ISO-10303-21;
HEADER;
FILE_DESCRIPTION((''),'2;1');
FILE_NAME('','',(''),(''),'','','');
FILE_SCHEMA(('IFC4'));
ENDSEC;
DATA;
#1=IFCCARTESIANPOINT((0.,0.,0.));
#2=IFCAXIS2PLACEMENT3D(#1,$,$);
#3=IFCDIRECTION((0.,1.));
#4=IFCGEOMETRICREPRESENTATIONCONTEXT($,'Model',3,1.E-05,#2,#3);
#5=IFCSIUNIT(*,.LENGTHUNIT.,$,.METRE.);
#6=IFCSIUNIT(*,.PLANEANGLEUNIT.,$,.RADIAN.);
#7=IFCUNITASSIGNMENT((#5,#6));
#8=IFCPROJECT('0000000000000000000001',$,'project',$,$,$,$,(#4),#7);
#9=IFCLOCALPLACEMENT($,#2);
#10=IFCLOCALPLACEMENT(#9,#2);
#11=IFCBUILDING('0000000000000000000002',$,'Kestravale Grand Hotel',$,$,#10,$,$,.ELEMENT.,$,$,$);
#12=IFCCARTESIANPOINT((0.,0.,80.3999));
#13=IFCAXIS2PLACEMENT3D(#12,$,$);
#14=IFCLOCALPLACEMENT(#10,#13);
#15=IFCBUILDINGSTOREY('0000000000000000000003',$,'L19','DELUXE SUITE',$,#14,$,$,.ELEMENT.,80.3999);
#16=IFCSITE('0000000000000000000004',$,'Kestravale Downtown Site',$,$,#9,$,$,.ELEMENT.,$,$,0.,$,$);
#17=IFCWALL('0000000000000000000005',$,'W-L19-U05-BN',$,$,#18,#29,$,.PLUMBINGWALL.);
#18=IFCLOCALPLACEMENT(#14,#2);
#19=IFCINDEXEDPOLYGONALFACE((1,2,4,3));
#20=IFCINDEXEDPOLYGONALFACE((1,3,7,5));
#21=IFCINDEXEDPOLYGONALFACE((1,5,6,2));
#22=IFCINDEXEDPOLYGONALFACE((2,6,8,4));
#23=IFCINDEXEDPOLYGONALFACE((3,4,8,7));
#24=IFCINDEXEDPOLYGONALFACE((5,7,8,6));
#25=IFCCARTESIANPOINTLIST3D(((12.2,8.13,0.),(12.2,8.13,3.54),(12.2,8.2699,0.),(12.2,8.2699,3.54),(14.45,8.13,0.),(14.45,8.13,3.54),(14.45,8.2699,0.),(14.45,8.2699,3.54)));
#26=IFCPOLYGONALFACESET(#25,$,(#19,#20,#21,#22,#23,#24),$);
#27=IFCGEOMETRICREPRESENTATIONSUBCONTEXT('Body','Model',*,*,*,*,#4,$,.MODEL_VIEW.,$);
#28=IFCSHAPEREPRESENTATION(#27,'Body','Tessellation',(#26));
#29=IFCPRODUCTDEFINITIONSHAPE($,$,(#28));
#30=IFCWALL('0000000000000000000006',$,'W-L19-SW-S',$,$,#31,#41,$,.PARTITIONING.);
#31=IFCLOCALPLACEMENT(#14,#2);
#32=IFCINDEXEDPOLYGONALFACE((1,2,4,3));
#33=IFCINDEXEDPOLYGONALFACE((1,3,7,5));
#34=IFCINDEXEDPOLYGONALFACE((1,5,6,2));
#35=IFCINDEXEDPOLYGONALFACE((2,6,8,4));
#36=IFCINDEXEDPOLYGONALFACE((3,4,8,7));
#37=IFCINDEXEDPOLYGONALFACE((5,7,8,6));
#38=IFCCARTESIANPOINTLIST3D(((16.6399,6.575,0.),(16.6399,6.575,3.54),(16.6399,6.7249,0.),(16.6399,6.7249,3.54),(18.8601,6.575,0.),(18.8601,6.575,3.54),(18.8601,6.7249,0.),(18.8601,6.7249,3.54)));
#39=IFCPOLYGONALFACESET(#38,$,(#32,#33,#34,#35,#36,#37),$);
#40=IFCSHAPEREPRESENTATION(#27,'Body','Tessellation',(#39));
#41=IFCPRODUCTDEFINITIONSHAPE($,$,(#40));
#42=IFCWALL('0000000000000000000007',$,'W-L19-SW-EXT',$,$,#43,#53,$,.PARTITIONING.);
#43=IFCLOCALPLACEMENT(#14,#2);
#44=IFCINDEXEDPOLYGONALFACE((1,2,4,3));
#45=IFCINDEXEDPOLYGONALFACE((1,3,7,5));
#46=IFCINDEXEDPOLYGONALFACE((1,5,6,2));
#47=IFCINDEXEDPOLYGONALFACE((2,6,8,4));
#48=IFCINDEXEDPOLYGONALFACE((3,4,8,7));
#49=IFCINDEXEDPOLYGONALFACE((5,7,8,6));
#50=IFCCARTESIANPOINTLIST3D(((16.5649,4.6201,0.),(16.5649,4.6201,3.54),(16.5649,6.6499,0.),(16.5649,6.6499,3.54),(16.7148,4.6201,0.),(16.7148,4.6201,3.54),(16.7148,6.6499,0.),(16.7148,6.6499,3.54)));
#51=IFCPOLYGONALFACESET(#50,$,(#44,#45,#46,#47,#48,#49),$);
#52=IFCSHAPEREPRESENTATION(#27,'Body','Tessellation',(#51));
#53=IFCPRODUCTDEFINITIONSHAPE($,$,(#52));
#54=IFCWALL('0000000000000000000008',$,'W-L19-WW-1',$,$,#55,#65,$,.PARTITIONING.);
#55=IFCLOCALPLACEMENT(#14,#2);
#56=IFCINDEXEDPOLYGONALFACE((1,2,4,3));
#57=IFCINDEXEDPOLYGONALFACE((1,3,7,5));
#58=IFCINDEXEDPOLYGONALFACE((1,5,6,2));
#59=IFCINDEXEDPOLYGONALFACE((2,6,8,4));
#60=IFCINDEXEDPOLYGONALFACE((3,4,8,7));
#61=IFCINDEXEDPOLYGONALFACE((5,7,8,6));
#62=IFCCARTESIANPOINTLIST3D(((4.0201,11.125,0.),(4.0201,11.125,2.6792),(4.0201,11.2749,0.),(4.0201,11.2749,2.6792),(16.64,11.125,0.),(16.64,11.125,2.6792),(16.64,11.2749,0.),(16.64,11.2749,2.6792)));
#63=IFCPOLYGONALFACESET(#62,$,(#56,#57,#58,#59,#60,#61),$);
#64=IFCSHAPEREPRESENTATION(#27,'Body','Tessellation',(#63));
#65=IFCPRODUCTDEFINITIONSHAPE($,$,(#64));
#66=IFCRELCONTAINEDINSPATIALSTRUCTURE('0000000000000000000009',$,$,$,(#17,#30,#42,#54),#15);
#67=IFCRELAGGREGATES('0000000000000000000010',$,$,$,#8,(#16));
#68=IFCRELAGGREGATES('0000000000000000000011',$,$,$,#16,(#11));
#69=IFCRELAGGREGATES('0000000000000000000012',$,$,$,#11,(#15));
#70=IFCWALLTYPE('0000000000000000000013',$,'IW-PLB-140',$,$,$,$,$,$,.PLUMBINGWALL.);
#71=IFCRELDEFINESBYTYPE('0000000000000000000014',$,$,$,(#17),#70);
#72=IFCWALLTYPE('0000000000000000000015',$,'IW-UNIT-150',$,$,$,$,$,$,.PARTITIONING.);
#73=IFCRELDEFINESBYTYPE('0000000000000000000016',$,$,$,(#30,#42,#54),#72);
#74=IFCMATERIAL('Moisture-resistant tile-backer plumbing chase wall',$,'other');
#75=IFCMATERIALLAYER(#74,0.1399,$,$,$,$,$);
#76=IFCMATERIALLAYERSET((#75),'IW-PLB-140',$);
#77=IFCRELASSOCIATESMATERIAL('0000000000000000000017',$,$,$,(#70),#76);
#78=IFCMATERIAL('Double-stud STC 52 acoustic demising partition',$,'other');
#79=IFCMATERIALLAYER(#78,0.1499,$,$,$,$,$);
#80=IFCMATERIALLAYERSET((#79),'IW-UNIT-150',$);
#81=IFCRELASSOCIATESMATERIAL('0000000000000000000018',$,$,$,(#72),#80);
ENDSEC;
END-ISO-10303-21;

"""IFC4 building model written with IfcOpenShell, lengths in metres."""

from ifc_helpers import new_model, si_unit, direction, frame, frame_2d, origin, place, context, subcontext, project, spatial, rectangle, extrude, material, layer, layer_set, type_object, element, save


model = new_model("IFC4")

# Units and contexts
model_context = context("Model", 3, precision=1e-05, world=origin(), true_north=direction((0.0, 1.0)))
body_context = subcontext(model_context, "Body", "Model", "MODEL_VIEW")
ifc_project = project(units=[si_unit("LENGTHUNIT", "METRE"), si_unit("PLANEANGLEUNIT", "RADIAN")], contexts=[model_context])

# Site, building, storey
site_placement = place(None, origin())
site = spatial("IfcSite", under=ifc_project, at=site_placement, Name="Kestravale Downtown Site", CompositionType="ELEMENT", RefElevation=0.0)
building_placement = place(site_placement, origin())
building = spatial("IfcBuilding", under=site, at=building_placement, Name="Kestravale Grand Hotel", CompositionType="ELEMENT")
storey_placement = place(building_placement, frame((0.0, 0.0, 80.3999)))
storey = spatial("IfcBuildingStorey", under=building, at=storey_placement, Name="L19", Description="DELUXE SUITE", CompositionType="ELEMENT", Elevation=80.3999)

# Shared definitions
ifc_material_1 = material(Name="Moisture-resistant tile-backer plumbing chase wall", Category="other")
ifc_layer_1 = layer(ifc_material_1, 0.1399)
ifc_layer_set_1 = layer_set([ifc_layer_1], Name="IW-PLB-140")
wall_type_1 = type_object("IfcWallType", Name="IW-PLB-140", PredefinedType="PLUMBINGWALL", material=ifc_layer_set_1)

# Walls
for number, where, z_axis, x_axis, name in (
    (1, (12.2, 8.2, 0.0), (0.0, 0.0, 1.0), (1.0, 0.0, 0.0), "W-L19-U05-BN"),
):
    element("IfcWall", number, at=place(storey_placement, frame(where, z_axis=z_axis, x_axis=x_axis)), inside=storey, type_object=wall_type_1, Name=name, PredefinedType="PLUMBINGWALL", context=body_context, shape_type="SweptSolid", body=[
        extrude(rectangle(XDim=2.25, YDim=0.1399, at=frame_2d((1.125, 0.0))), origin(), (0.0, 0.0, 1.0), 3.54),
    ])
ifc_material_2 = material(Name="Double-stud STC 52 acoustic demising partition", Category="other")
ifc_layer_2 = layer(ifc_material_2, 0.1499)
ifc_layer_set_2 = layer_set([ifc_layer_2], Name="IW-UNIT-150")
wall_type_2 = type_object("IfcWallType", Name="IW-UNIT-150", PredefinedType="PARTITIONING", material=ifc_layer_set_2)
wall_1_placement = place(storey_placement, frame((16.6399, 6.6499, 0.0), z_axis=(0.0, 0.0, 1.0), x_axis=(1.0, 0.0, 0.0)))
element("IfcWall", 2, at=wall_1_placement, inside=storey, type_object=wall_type_2, Name="W-L19-SW-S", PredefinedType="PARTITIONING", context=body_context, shape_type="SweptSolid", body=[
    extrude(rectangle(XDim=2.2202, YDim=0.1499, at=frame_2d((1.1101, 0.0))), origin(), (0.0, 0.0, 1.0), 3.54),
])
wall_2_placement = place(storey_placement, frame((16.6399, 4.6201, 0.0), z_axis=(0.0, 0.0, 1.0), x_axis=(0.0, 1.0, 0.0)))
element("IfcWall", 3, at=wall_2_placement, inside=storey, type_object=wall_type_2, Name="W-L19-SW-EXT", PredefinedType="PARTITIONING", context=body_context, shape_type="SweptSolid", body=[
    extrude(rectangle(XDim=2.0298, YDim=0.1499, at=frame_2d((1.0149, 0.0))), origin(), (0.0, 0.0, 1.0), 3.54),
])
wall_3_placement = place(storey_placement, frame((4.02, 11.2, 0.0), z_axis=(0.0, 0.0, 1.0), x_axis=(1.0, 0.0, 0.0)))
element("IfcWall", 4, at=wall_3_placement, inside=storey, type_object=wall_type_2, Name="W-L19-WW-1", PredefinedType="PARTITIONING", context=body_context, shape_type="SweptSolid", body=[
    extrude(rectangle(XDim=12.6199, YDim=0.1499, at=frame_2d((6.3101, 0.0))), origin(), (0.0, 0.0, 1.0), 2.6792),
])

save(model, "model.ifc")
